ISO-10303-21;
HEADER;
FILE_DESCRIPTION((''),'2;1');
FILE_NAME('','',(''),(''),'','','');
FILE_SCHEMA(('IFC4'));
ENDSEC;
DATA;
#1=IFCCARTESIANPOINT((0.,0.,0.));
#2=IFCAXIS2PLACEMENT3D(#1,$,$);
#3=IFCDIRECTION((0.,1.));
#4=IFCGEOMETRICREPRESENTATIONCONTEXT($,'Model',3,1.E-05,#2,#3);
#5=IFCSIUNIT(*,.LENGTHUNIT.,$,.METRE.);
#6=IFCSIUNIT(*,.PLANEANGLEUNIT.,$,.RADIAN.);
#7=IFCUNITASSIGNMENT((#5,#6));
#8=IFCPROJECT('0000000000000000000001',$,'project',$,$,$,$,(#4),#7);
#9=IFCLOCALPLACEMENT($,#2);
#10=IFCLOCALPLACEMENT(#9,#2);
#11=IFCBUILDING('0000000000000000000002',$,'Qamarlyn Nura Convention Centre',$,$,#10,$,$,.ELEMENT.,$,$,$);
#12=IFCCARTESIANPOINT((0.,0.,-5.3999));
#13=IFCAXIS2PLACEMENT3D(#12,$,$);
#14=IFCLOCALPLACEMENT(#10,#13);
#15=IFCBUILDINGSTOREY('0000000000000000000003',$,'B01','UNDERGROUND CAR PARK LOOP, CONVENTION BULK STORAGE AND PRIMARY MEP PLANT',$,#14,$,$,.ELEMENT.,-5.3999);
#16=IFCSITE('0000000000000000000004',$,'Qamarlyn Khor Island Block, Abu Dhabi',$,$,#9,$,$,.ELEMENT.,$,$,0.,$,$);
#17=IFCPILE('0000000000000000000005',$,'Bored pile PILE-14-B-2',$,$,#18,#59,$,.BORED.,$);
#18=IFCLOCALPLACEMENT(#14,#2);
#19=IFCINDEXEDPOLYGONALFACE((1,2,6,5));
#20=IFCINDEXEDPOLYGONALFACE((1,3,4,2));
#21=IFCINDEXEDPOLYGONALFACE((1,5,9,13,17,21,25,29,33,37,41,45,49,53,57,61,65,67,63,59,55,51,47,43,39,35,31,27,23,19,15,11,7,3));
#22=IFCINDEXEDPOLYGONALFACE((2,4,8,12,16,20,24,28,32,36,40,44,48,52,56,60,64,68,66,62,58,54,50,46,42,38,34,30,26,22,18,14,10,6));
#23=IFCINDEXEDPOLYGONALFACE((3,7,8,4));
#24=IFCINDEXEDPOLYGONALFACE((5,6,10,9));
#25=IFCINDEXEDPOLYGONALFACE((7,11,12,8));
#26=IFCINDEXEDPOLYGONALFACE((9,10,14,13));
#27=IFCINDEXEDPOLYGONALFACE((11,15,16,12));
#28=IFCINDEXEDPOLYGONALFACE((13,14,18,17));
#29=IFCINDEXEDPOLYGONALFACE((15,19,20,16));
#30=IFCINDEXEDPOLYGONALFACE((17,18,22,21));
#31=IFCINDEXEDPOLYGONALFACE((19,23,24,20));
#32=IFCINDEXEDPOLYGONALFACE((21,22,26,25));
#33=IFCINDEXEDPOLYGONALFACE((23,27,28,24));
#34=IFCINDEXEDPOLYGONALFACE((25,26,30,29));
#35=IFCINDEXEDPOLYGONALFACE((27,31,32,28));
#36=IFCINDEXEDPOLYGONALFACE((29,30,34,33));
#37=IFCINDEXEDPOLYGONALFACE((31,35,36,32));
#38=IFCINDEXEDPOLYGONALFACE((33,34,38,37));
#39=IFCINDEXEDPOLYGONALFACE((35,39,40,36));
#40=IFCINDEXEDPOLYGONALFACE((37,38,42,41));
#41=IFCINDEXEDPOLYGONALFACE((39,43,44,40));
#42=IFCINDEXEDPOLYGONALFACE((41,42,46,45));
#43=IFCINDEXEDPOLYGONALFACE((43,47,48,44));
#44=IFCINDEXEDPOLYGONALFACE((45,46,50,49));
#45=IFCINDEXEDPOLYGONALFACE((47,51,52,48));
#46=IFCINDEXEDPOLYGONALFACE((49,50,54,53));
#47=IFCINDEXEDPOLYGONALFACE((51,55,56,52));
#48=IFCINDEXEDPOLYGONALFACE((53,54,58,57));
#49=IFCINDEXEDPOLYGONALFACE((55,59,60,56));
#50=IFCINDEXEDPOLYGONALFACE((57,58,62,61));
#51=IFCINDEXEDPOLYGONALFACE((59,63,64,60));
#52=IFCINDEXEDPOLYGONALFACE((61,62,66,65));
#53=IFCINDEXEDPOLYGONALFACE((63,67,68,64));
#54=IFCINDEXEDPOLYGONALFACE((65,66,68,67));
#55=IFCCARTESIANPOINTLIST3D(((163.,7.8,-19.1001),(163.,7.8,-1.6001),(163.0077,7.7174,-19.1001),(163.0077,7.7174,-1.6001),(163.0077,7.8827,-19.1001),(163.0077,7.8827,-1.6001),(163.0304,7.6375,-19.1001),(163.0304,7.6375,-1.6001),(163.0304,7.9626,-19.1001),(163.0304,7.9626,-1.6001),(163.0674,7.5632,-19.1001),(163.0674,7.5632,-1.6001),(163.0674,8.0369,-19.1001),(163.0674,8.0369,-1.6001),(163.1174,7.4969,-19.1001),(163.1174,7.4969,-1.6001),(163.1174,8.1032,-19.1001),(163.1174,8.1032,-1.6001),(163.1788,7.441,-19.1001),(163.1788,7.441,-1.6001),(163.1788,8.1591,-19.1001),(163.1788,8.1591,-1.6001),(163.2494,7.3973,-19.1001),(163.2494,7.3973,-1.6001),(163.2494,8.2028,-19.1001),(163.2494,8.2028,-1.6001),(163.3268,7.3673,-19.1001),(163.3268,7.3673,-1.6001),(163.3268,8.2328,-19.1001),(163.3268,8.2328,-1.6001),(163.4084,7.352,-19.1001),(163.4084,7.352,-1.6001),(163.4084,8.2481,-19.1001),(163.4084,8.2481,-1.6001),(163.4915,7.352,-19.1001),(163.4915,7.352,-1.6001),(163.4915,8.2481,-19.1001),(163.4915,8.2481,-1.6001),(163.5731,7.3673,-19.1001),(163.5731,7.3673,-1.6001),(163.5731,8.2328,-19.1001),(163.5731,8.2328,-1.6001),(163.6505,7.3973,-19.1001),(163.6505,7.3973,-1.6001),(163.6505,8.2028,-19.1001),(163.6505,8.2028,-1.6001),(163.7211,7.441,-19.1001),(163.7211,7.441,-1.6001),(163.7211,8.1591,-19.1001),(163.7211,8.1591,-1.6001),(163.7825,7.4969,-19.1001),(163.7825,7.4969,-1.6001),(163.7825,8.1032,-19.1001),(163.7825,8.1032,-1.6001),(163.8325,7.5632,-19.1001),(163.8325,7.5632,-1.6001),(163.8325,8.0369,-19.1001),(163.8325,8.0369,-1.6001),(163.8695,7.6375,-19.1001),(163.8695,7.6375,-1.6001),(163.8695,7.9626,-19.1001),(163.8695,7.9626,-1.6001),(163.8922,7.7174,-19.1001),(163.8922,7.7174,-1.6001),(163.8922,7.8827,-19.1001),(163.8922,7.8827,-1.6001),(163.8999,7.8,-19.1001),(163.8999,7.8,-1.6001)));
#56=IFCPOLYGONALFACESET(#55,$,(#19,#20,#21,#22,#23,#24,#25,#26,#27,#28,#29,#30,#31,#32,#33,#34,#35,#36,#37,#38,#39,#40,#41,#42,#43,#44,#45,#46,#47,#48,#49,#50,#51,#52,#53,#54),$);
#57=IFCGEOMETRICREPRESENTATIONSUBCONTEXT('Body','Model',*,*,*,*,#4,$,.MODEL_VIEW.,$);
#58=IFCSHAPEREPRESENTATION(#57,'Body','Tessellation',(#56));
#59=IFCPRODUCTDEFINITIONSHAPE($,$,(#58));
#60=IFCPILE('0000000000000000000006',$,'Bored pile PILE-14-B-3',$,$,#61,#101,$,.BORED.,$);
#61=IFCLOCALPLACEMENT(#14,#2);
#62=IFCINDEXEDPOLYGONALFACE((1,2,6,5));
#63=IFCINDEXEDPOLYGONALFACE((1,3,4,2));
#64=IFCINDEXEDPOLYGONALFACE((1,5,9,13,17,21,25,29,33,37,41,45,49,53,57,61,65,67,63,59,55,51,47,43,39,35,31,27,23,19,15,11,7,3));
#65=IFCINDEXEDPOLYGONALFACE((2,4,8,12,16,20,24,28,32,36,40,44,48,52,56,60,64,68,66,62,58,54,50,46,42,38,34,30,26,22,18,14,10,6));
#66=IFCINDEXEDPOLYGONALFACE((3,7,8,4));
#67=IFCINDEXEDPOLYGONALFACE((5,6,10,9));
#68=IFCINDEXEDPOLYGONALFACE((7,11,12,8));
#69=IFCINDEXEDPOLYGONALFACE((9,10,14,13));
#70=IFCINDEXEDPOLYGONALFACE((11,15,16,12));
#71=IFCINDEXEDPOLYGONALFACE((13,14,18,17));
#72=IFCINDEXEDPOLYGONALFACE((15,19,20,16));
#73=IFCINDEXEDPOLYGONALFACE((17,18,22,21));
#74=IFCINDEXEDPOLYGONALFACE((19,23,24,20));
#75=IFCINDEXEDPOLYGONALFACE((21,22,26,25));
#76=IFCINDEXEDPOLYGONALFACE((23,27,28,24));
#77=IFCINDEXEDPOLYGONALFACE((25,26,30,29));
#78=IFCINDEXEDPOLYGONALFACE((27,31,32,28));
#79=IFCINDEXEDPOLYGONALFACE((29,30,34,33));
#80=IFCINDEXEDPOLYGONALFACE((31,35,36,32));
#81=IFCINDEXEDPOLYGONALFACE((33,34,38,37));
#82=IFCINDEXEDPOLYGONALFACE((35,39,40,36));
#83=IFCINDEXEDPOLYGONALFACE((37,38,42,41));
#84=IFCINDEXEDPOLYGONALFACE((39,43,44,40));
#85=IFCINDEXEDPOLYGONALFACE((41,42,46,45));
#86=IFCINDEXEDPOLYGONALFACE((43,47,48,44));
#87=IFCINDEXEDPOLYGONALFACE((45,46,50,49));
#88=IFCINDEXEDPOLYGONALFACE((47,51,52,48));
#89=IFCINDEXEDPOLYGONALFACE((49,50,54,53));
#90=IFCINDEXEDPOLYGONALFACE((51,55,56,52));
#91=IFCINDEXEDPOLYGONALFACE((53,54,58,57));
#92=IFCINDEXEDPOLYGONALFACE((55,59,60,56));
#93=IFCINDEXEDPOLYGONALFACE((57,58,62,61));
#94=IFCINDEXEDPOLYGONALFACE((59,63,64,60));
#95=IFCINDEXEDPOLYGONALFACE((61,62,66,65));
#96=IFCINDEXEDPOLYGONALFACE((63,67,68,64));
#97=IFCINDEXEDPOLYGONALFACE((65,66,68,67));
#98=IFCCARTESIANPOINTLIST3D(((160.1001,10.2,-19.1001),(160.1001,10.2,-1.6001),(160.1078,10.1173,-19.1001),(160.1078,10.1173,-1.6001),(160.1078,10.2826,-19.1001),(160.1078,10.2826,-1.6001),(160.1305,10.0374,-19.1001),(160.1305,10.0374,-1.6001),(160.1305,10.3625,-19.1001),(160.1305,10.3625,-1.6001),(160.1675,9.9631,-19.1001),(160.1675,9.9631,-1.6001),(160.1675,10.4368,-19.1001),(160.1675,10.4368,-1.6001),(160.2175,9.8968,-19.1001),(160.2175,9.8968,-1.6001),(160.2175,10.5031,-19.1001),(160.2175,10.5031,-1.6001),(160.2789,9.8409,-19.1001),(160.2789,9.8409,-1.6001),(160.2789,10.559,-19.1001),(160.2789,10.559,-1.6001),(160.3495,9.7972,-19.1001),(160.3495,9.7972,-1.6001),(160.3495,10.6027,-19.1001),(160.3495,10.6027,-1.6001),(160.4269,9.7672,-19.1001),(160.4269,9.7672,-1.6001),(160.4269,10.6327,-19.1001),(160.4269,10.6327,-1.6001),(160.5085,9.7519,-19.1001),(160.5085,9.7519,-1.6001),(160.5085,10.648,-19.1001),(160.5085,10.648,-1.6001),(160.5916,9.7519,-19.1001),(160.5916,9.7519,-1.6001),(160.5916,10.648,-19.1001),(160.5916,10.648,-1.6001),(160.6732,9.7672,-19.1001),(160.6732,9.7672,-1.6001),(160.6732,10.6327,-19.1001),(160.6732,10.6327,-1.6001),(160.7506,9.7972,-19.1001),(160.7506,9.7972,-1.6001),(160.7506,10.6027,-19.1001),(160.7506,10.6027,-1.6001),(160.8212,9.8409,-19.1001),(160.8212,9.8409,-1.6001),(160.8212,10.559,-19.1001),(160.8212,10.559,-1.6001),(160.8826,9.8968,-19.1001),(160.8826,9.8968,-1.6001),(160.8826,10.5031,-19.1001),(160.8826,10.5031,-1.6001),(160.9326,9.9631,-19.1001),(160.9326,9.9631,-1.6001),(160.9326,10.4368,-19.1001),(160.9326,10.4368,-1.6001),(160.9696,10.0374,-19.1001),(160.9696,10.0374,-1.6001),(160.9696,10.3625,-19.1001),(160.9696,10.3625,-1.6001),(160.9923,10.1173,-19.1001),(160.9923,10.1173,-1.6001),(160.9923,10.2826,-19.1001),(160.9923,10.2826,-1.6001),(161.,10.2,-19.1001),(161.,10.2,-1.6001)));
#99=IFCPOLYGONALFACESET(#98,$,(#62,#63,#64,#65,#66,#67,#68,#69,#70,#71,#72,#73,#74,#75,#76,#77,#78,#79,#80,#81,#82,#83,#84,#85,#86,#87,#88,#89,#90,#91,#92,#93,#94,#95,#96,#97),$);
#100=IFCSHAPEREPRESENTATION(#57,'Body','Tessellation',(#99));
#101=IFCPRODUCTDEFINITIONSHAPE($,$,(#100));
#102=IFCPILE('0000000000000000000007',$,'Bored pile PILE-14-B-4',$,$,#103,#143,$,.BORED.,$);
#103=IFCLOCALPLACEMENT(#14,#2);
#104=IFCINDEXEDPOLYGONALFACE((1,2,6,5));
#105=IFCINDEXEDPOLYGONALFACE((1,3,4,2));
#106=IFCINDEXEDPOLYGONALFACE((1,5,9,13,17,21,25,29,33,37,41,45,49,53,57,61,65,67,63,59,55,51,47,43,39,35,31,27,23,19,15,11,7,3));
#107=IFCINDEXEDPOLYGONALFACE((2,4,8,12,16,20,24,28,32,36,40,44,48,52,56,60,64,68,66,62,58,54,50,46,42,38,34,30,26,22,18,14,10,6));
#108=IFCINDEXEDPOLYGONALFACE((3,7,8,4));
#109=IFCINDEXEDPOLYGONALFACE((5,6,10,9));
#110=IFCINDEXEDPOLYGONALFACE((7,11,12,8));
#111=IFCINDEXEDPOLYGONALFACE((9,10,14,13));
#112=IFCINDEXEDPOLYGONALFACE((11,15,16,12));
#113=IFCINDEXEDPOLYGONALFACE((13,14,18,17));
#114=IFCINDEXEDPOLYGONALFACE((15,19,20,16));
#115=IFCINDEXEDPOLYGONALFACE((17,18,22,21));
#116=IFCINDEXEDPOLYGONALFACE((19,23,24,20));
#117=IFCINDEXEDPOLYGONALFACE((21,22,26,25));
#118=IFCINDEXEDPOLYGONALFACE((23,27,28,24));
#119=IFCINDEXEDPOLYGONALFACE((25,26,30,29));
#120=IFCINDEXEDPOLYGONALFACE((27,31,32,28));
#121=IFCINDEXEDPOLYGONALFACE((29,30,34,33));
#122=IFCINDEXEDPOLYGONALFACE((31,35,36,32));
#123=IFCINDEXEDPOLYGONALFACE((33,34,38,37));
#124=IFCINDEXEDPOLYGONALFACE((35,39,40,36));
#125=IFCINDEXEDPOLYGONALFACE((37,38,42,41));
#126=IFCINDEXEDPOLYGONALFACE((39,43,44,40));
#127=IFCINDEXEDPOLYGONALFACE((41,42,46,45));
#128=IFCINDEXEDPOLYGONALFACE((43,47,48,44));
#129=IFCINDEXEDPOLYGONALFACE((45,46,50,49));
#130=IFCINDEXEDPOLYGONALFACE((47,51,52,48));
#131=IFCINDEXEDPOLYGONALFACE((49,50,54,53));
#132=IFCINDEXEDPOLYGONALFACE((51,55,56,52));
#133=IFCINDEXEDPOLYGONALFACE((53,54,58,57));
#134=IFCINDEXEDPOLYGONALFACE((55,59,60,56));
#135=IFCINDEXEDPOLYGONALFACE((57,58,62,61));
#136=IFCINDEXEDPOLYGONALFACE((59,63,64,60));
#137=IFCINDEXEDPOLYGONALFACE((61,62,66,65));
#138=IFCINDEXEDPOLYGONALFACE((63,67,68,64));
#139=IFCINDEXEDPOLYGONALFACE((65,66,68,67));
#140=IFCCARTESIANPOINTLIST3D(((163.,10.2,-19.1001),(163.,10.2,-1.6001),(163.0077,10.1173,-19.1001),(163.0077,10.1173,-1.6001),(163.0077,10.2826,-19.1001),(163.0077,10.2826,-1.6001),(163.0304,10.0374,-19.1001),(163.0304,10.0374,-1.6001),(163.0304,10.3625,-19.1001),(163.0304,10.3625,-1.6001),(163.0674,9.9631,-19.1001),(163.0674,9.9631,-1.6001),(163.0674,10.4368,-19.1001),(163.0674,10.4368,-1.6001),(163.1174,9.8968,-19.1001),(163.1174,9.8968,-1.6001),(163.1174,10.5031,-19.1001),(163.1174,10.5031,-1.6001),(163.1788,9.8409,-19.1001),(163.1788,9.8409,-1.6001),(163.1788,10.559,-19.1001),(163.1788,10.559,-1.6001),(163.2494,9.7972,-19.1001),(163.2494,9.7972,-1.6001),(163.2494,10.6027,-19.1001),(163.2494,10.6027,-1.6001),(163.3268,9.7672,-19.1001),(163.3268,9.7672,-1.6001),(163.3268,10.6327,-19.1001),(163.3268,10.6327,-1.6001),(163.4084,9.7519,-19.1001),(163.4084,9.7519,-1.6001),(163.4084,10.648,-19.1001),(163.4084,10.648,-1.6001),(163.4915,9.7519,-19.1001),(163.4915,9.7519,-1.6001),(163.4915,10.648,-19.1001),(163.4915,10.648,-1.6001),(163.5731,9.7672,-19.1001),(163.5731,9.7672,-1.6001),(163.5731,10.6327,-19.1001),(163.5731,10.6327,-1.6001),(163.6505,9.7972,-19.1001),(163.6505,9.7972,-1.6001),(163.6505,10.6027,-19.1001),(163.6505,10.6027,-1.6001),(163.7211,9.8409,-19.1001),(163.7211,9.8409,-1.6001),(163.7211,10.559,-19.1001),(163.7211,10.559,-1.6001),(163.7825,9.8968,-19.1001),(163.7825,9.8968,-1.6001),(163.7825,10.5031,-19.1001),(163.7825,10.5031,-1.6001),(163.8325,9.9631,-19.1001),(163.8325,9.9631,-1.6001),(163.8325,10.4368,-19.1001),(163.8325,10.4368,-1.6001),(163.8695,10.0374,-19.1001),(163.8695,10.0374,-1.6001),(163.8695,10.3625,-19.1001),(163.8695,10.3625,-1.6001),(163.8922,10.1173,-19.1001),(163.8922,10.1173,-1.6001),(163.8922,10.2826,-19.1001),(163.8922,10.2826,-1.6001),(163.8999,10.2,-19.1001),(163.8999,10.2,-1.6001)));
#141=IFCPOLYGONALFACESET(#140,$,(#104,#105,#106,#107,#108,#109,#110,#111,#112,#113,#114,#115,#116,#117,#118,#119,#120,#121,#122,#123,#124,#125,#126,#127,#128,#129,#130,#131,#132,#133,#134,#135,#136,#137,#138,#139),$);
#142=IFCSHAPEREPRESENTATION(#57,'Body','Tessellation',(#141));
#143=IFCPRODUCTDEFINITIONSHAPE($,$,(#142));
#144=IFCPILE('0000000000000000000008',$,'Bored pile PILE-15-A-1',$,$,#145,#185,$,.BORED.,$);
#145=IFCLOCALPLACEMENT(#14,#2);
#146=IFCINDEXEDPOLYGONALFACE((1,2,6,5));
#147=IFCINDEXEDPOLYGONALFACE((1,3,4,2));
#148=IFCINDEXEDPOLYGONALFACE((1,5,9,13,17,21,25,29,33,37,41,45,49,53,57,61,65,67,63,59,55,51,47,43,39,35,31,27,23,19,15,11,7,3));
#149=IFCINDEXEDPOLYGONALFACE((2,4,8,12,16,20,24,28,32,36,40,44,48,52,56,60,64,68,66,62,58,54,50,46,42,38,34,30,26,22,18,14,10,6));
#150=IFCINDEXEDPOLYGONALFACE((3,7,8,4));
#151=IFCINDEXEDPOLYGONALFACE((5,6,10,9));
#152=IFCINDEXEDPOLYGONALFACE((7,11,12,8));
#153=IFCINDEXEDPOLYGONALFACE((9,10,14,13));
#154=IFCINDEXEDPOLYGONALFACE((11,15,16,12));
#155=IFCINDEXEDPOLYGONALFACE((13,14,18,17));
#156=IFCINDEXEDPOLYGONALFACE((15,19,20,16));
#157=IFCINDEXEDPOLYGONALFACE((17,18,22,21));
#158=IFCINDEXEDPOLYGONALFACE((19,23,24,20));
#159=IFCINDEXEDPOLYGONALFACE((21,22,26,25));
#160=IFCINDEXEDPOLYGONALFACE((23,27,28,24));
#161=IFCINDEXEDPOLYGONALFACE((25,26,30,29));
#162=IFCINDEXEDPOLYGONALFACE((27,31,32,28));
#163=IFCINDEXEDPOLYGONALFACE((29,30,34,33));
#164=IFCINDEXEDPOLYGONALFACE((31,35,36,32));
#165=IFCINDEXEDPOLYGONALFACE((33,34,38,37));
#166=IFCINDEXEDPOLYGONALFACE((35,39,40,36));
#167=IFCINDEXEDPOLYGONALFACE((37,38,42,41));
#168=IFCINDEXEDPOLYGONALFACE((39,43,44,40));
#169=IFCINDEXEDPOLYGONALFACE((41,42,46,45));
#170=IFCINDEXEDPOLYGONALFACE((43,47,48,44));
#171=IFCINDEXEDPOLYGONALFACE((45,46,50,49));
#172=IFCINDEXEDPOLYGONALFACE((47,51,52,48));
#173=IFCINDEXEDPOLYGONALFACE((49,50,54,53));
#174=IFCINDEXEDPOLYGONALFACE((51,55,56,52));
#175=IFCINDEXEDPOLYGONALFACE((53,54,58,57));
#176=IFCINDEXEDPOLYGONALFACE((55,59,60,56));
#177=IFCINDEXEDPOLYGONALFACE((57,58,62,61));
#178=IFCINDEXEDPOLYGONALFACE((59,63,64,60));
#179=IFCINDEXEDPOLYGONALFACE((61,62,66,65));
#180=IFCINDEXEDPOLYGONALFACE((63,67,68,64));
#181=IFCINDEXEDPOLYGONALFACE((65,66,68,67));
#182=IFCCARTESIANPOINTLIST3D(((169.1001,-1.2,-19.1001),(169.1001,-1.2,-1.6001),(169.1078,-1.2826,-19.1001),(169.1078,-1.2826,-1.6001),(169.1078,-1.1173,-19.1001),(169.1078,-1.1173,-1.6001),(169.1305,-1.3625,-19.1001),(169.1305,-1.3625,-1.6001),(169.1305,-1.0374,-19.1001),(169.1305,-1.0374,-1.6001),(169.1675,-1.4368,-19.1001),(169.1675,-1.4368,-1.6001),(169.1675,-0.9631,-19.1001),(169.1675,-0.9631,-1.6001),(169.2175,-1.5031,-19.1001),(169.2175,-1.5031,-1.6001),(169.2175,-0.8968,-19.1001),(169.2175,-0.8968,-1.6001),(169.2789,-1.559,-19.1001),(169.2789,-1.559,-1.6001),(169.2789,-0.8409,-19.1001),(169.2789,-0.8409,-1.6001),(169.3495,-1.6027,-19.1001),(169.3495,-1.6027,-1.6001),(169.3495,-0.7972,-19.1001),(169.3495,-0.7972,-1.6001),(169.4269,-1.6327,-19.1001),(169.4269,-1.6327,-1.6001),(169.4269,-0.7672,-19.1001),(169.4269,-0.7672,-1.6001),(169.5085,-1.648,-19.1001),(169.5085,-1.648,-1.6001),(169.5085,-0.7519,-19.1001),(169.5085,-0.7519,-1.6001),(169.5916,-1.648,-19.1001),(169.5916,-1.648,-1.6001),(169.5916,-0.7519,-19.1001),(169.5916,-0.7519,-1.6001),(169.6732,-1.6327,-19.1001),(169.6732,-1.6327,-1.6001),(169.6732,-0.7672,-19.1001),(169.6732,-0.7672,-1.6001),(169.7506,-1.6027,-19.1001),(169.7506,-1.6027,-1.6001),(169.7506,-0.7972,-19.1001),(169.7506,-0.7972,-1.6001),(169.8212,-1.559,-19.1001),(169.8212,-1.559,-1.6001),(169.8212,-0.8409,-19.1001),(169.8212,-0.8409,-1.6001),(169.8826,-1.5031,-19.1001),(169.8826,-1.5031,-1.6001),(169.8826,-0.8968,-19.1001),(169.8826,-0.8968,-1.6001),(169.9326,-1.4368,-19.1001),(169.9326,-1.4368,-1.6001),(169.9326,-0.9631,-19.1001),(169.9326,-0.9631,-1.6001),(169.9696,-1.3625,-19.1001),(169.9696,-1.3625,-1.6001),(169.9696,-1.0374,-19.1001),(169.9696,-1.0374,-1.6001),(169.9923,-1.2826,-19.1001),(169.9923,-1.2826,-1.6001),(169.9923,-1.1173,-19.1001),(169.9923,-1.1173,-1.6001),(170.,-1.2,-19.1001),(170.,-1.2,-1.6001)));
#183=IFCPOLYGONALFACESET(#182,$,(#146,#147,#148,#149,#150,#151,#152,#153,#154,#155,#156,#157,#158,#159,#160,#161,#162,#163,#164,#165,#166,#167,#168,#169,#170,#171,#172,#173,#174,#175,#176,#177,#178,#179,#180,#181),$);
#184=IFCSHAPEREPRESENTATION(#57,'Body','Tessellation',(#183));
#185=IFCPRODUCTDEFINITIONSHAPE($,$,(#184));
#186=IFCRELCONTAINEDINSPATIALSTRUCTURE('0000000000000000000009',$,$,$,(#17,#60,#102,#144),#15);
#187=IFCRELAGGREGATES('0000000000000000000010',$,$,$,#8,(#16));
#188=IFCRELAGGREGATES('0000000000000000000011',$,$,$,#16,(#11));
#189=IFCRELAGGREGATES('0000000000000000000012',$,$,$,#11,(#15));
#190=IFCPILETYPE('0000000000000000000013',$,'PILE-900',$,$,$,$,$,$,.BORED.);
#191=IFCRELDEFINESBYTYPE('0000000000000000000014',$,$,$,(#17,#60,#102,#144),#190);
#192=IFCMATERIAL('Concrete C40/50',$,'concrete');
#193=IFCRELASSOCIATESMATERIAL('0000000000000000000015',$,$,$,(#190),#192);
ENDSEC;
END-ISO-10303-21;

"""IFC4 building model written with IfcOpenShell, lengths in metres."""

from ifc_helpers import new_model, si_unit, direction, frame, origin, origin_2d, place, context, subcontext, project, spatial, circle, extrude, material, material_profile, profile_set, type_object, element, save


model = new_model("IFC4")

# Units and contexts
model_context = context("Model", 3, precision=1e-05, world=origin(), true_north=direction((0.0, 1.0)))
body_context = subcontext(model_context, "Body", "Model", "MODEL_VIEW")
ifc_project = project(units=[si_unit("LENGTHUNIT", "METRE"), si_unit("PLANEANGLEUNIT", "RADIAN")], contexts=[model_context])

# Site, building, storey
site_placement = place(None, origin())
site = spatial("IfcSite", under=ifc_project, at=site_placement, Name="Qamarlyn Khor Island Block, Abu Dhabi", CompositionType="ELEMENT", RefElevation=0.0)
building_placement = place(site_placement, origin())
building = spatial("IfcBuilding", under=site, at=building_placement, Name="Qamarlyn Nura Convention Centre", CompositionType="ELEMENT")
storey_placement = place(building_placement, frame((0.0, 0.0, -5.3999)))
storey = spatial("IfcBuildingStorey", under=building, at=storey_placement, Name="B01", Description="UNDERGROUND CAR PARK LOOP, CONVENTION BULK STORAGE AND PRIMARY MEP PLANT", CompositionType="ELEMENT", Elevation=-5.3999)

# Shared definitions
ifc_material_1 = material(Name="Concrete C40/50", Category="concrete")

# Piles
ifc_material_profile_1 = material_profile(ifc_material_1, circle(Radius=0.45, at=origin_2d()), Name="BORED PILE 900")
ifc_profile_set_1 = profile_set([ifc_material_profile_1], Name="Concrete C40/50")
pile_type = type_object("IfcPileType", Name="PILE-900", PredefinedType="BORED", material=ifc_profile_set_1)
for number, where, z_axis, x_axis, name in (
    (1, (163.45, 7.8, -1.6001), (0.0, 0.0, -1.0), (1.0, 0.0, 0.0), "Bored pile PILE-14-B-2"),
    (2, (160.55, 10.2, -1.6001), (0.0, 0.0, -1.0), (1.0, 0.0, 0.0), "Bored pile PILE-14-B-3"),
    (3, (163.45, 10.2, -1.6001), (0.0, 0.0, -1.0), (1.0, 0.0, 0.0), "Bored pile PILE-14-B-4"),
    (4, (169.55, -1.2, -1.6001), (0.0, 0.0, -1.0), (1.0, 0.0, 0.0), "Bored pile PILE-15-A-1"),
):
    element("IfcPile", number, at=place(storey_placement, frame(where, z_axis=z_axis, x_axis=x_axis)), inside=storey, type_object=pile_type, Name=name, PredefinedType="BORED", context=body_context, shape_type="SweptSolid", body=[
        extrude(circle(Radius=0.45, at=origin_2d()), origin(), (0.0, 0.0, 1.0), 17.5),
    ])

save(model, "model.ifc")
